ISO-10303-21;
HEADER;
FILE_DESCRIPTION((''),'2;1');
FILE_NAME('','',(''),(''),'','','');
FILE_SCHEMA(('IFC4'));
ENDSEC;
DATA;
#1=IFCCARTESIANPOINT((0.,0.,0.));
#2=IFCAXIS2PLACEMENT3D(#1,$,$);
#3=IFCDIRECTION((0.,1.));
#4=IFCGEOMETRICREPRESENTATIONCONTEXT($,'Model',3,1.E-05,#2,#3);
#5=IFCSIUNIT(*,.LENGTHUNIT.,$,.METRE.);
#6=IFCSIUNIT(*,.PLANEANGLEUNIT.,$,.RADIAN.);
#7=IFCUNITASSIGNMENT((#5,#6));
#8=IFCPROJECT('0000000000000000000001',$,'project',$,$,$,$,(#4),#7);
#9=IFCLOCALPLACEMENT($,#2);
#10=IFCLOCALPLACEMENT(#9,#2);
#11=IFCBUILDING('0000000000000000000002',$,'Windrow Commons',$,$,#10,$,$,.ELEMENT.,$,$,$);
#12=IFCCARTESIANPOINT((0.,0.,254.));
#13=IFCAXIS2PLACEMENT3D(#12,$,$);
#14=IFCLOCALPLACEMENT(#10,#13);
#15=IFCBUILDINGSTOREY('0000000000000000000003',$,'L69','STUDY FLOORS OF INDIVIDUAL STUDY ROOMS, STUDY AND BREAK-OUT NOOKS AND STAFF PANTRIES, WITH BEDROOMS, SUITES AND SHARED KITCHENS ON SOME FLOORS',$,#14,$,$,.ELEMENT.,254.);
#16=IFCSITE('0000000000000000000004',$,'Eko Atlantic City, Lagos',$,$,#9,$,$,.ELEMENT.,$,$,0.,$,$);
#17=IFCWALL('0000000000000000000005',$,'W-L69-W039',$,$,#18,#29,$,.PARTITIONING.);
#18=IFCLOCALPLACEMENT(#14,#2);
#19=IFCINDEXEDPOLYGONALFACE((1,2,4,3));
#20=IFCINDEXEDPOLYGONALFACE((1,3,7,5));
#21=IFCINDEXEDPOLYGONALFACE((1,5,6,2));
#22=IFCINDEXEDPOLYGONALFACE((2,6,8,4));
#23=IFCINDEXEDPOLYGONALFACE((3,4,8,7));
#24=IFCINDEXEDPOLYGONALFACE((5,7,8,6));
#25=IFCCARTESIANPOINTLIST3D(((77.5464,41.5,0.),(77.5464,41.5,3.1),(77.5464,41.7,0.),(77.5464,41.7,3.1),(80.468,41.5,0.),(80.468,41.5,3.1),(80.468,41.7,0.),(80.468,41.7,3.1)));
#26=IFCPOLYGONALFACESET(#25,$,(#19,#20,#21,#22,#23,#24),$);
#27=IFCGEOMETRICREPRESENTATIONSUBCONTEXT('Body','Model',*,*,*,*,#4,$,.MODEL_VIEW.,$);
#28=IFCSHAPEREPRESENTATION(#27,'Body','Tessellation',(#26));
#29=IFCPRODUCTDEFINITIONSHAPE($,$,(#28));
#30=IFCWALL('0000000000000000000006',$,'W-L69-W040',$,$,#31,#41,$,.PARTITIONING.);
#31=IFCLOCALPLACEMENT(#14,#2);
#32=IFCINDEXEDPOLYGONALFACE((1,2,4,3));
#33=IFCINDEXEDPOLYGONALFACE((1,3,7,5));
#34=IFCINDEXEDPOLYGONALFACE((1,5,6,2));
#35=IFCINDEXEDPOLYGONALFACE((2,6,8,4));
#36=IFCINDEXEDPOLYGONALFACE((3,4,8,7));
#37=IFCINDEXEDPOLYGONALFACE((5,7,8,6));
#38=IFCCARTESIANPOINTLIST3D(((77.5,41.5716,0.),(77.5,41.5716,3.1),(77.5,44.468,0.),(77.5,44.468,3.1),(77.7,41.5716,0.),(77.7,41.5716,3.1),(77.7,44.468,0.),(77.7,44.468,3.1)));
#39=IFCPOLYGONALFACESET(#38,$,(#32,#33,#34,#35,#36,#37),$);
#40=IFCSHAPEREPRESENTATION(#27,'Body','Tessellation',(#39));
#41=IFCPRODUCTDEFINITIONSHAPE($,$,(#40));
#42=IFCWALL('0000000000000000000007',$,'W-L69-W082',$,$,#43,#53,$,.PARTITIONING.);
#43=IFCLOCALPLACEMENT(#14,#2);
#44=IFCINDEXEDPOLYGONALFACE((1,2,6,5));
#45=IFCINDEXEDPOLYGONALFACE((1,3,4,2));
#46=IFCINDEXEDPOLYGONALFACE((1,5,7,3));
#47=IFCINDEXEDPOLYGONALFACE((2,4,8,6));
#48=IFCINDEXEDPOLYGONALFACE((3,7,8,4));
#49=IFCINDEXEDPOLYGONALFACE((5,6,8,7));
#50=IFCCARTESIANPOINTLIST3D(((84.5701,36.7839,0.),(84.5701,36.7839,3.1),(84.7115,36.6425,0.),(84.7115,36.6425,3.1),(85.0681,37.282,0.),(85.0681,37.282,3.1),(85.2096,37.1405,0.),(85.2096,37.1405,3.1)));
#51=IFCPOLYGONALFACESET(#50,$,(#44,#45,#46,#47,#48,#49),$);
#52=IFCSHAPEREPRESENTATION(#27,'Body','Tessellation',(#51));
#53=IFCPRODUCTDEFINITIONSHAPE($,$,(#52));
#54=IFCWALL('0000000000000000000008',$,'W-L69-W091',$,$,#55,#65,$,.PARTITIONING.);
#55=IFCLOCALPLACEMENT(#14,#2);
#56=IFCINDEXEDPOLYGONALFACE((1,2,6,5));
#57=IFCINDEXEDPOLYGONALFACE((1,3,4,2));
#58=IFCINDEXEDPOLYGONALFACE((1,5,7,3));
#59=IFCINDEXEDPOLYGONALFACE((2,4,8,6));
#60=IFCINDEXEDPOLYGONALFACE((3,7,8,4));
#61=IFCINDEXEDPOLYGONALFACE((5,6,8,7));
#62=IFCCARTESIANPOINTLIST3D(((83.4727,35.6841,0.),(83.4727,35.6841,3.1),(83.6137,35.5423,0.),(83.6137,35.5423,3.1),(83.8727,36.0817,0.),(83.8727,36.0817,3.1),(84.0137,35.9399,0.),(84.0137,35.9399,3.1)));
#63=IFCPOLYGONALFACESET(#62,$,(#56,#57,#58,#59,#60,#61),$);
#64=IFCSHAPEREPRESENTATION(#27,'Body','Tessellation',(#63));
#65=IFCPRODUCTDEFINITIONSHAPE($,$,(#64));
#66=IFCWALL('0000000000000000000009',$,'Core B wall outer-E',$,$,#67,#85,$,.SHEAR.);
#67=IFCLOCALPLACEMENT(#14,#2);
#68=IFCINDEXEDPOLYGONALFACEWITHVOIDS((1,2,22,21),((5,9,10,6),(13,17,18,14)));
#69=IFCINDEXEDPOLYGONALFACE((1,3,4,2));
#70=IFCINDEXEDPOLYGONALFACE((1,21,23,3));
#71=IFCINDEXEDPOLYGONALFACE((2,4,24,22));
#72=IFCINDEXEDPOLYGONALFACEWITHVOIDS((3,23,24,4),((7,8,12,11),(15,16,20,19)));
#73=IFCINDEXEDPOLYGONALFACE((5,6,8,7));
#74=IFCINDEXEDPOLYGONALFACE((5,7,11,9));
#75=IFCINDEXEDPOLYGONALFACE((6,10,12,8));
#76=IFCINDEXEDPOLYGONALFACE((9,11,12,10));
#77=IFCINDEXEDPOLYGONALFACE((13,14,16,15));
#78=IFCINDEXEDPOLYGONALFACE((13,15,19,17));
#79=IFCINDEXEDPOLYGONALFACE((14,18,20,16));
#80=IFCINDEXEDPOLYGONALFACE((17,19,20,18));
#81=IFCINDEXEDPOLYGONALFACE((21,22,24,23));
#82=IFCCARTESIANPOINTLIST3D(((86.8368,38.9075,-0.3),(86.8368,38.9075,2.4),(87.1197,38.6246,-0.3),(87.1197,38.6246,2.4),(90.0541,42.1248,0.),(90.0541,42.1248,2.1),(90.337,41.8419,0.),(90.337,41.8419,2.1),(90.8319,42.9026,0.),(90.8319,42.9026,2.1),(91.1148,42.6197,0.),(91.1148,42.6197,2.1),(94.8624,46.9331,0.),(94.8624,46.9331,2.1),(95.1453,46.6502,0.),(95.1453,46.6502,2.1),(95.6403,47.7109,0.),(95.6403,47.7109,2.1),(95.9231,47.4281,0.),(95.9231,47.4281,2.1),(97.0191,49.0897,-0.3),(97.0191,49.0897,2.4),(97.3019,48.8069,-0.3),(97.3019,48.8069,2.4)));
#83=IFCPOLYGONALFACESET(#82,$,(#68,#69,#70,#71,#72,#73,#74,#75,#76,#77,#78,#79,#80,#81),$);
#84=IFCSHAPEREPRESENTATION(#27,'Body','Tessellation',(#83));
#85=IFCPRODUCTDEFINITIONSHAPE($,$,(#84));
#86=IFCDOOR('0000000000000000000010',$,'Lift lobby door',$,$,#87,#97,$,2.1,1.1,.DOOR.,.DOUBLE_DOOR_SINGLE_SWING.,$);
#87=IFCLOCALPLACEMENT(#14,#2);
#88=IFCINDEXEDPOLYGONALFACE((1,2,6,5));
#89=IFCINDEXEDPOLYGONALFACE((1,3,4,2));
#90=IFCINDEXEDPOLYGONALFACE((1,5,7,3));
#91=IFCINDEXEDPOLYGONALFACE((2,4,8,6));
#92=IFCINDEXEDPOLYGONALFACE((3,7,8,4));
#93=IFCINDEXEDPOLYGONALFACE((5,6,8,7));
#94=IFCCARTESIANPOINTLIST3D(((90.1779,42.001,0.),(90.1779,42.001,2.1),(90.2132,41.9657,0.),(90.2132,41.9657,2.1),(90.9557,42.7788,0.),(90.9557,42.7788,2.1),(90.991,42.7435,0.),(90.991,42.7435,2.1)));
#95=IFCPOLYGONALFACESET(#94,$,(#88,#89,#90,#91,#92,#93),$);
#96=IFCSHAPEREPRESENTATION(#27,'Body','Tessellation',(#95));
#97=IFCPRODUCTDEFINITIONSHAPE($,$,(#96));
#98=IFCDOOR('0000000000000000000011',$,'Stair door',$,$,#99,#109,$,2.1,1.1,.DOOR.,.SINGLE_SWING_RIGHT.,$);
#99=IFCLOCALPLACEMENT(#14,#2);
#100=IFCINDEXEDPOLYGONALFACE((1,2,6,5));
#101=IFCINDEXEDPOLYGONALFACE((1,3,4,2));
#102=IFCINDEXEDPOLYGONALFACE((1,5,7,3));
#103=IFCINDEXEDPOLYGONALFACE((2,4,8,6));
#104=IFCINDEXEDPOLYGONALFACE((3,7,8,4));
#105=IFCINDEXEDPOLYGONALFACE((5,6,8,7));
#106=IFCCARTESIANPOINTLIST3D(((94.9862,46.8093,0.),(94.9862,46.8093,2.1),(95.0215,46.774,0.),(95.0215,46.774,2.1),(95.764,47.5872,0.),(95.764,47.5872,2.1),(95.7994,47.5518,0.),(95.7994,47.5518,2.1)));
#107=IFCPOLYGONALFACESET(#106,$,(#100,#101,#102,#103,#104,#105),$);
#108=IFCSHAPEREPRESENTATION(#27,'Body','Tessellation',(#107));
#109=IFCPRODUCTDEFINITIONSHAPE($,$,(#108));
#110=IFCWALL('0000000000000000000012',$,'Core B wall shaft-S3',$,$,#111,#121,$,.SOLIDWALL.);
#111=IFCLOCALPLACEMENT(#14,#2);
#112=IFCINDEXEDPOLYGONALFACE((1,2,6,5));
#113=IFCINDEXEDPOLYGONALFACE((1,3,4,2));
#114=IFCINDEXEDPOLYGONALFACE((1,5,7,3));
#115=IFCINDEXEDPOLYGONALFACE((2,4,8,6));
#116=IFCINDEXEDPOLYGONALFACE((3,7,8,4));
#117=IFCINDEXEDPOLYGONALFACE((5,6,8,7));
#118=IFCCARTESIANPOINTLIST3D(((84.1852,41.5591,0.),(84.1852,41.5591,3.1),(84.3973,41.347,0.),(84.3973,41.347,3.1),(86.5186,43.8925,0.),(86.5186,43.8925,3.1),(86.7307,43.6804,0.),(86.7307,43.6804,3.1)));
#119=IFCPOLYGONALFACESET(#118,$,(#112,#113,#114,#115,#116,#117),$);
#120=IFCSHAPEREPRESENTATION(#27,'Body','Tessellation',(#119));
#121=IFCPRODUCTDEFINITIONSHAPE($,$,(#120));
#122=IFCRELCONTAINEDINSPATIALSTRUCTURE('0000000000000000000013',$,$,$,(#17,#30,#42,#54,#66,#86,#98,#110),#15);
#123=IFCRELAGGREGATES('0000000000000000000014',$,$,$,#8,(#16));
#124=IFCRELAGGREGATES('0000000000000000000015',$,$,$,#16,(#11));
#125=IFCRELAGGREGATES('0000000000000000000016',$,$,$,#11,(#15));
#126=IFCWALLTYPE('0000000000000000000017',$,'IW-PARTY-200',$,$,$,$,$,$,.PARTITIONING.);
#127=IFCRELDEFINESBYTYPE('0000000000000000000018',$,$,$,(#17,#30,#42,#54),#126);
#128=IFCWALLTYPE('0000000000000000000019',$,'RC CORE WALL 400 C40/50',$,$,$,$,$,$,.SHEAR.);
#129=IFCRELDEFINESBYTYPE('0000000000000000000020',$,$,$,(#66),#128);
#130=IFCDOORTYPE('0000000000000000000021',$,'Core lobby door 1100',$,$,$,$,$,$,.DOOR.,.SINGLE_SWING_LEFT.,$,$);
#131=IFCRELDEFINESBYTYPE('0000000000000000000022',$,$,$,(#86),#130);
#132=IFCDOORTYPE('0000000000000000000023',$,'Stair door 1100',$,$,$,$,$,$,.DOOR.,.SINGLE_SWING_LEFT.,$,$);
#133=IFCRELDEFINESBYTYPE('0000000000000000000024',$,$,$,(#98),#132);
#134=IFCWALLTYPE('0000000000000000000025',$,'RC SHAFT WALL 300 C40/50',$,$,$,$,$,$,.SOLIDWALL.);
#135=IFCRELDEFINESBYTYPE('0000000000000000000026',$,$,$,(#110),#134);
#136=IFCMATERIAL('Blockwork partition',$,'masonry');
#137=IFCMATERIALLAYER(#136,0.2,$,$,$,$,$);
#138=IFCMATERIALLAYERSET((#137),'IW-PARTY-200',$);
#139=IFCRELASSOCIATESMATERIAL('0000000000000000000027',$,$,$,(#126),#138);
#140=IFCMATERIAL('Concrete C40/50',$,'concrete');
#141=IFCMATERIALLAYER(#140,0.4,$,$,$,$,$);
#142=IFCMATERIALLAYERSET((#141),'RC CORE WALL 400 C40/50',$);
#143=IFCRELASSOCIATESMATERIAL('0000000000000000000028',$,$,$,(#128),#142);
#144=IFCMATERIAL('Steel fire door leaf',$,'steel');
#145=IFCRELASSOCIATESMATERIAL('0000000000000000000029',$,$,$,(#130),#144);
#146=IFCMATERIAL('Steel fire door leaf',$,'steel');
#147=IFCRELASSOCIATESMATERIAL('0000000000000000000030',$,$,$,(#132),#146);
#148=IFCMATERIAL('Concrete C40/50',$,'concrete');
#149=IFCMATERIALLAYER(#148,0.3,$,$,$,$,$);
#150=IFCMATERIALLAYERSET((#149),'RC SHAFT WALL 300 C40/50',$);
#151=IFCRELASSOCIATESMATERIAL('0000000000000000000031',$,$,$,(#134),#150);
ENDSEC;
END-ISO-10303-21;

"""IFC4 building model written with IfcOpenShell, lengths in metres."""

from ifc_helpers import new_model, si_unit, direction, frame, frame_2d, origin, place, context, subcontext, project, spatial, rectangle, extrude, material, layer, layer_set, type_object, element, fill, save


model = new_model("IFC4")

# Units and contexts
model_context = context("Model", 3, precision=1e-05, world=origin(), true_north=direction((0.0, 1.0)))
body_context = subcontext(model_context, "Body", "Model", "MODEL_VIEW")
ifc_project = project(units=[si_unit("LENGTHUNIT", "METRE"), si_unit("PLANEANGLEUNIT", "RADIAN")], contexts=[model_context])

# Site, building, storey
site_placement = place(None, origin())
site = spatial("IfcSite", under=ifc_project, at=site_placement, Name="Eko Atlantic City, Lagos", CompositionType="ELEMENT", RefElevation=0.0)
building_placement = place(site_placement, origin())
building = spatial("IfcBuilding", under=site, at=building_placement, Name="Windrow Commons", CompositionType="ELEMENT")
storey_placement = place(building_placement, frame((0.0, 0.0, 254.0)))
storey = spatial("IfcBuildingStorey", under=building, at=storey_placement, Name="L69", Description="STUDY FLOORS OF INDIVIDUAL STUDY ROOMS, STUDY AND BREAK-OUT NOOKS AND STAFF PANTRIES, WITH BEDROOMS, SUITES AND SHARED KITCHENS ON SOME FLOORS", CompositionType="ELEMENT", Elevation=254.0)

# Walls
ifc_material_1 = material(Name="Blockwork partition", Category="masonry")
ifc_layer_1 = layer(ifc_material_1, 0.2)
ifc_layer_set_1 = layer_set([ifc_layer_1], Name="IW-PARTY-200")
wall_type_1 = type_object("IfcWallType", Name="IW-PARTY-200", PredefinedType="PARTITIONING", material=ifc_layer_set_1)
wall_1_placement = place(storey_placement, frame((77.5465, 41.6, 0.0), z_axis=(0.0, 0.0, 1.0), x_axis=(1.0, 0.0, 0.0)))
element("IfcWall", 1, at=wall_1_placement, inside=storey, type_object=wall_type_1, Name="W-L69-W039", PredefinedType="PARTITIONING", context=body_context, shape_type="SweptSolid", body=[
    extrude(rectangle(XDim=2.9215, YDim=0.2, at=frame_2d((1.4607, 0.0))), origin(), (0.0, 0.0, 1.0), 3.1),
])
wall_2_placement = place(storey_placement, frame((77.6, 41.5715, 0.0), z_axis=(0.0, 0.0, 1.0), x_axis=(0.0, 1.0, 0.0)))
element("IfcWall", 2, at=wall_2_placement, inside=storey, type_object=wall_type_1, Name="W-L69-W040", PredefinedType="PARTITIONING", context=body_context, shape_type="SweptSolid", body=[
    extrude(rectangle(XDim=2.8965, YDim=0.2, at=frame_2d((1.4483, 0.0))), origin(), (0.0, 0.0, 1.0), 3.1),
])
wall_3_placement = place(storey_placement, frame((84.6408, 36.7132, 0.0), z_axis=(0.0, 0.0, 1.0), x_axis=(0.707107, 0.707107, 0.0)))
element("IfcWall", 3, at=wall_3_placement, inside=storey, type_object=wall_type_1, Name="W-L69-W082", PredefinedType="PARTITIONING", context=body_context, shape_type="SweptSolid", body=[
    extrude(rectangle(XDim=0.7043, YDim=0.2, at=frame_2d((0.3522, 0.0))), origin(), (0.0, 0.0, 1.0), 3.1),
])
wall_4_placement = place(storey_placement, frame((83.5432, 35.6132, 0.0), z_axis=(0.0, 0.0, 1.0), x_axis=(0.709231, 0.704976, 0.0)))
element("IfcWall", 4, at=wall_4_placement, inside=storey, type_object=wall_type_1, Name="W-L69-W091", PredefinedType="PARTITIONING", context=body_context, shape_type="SweptSolid", body=[
    extrude(rectangle(XDim=0.564, YDim=0.2, at=frame_2d((0.282, 0.0))), origin(), (0.0, 0.0, 1.0), 3.1),
])

# Wall, openings, doors
ifc_material_2 = material(Name="Concrete C40/50", Category="concrete")
ifc_layer_2 = layer(ifc_material_2, 0.4)
ifc_layer_set_2 = layer_set([ifc_layer_2], Name="RC CORE WALL 400 C40/50")
wall_type_2 = type_object("IfcWallType", Name="RC CORE WALL 400 C40/50", PredefinedType="SHEAR", material=ifc_layer_set_2)
wall_5_placement = place(storey_placement, frame((86.9782, 38.766, -0.3), z_axis=(0.0, 0.0, 1.0), x_axis=(0.707107, 0.707107, 0.0)))
wall_5 = element("IfcWall", 5, at=wall_5_placement, inside=storey, type_object=wall_type_2, Name="Core B wall outer-E", PredefinedType="SHEAR", context=body_context, shape_type="SweptSolid", body=[
    extrude(rectangle(XDim=14.3999, YDim=0.4, at=frame_2d((7.2, 0.0))), origin(), (0.0, 0.0, 1.0), 2.7),
])
opening_1_placement = place(wall_5_placement, frame((4.55, 0.0, 0.3)))
opening_1 = element("IfcOpeningElement", 6, at=opening_1_placement, cuts=wall_5, PredefinedType="OPENING", context=body_context, shape_type="SweptSolid", body=[
    extrude(rectangle(XDim=1.1, YDim=2.1, at=frame_2d((0.55, 1.05))), frame((0.0, 0.21, 0.0), z_axis=(0.0, -1.0, 0.0), x_axis=(1.0, 0.0, 0.0)), (0.0, 0.0, 1.0), 0.42),
])
opening_2_placement = place(wall_5_placement, frame((11.35, 0.0, 0.3)))
opening_2 = element("IfcOpeningElement", 7, at=opening_2_placement, cuts=wall_5, PredefinedType="OPENING", context=body_context, shape_type="SweptSolid", body=[
    extrude(rectangle(XDim=1.1, YDim=2.1, at=frame_2d((0.55, 1.05))), frame((0.0, 0.21, 0.0), z_axis=(0.0, -1.0, 0.0), x_axis=(1.0, 0.0, 0.0)), (0.0, 0.0, 1.0), 0.42),
])
ifc_material_3 = material(Name="Steel fire door leaf", Category="steel")
door_type_1 = type_object("IfcDoorType", Name="Core lobby door 1100", OperationType="SINGLE_SWING_LEFT", PredefinedType="DOOR", material=ifc_material_3)
door_1_placement = place(opening_1_placement, origin())
door_1 = element("IfcDoor", 8, at=door_1_placement, inside=storey, type_object=door_type_1, Name="Lift lobby door", OperationType="DOUBLE_DOOR_SINGLE_SWING", OverallHeight=2.1, OverallWidth=1.1, PredefinedType="DOOR", context=body_context, shape_type="SweptSolid", body=[
    extrude(rectangle(XDim=1.1, YDim=2.1, at=frame_2d((0.55, 1.05))), frame((0.0, 0.025, 0.0), z_axis=(0.0, -1.0, 0.0), x_axis=(1.0, 0.0, 0.0)), (0.0, 0.0, 1.0), 0.05),
])
fill(opening_1, door_1)
ifc_material_4 = material(Name="Steel fire door leaf", Category="steel")
door_type_2 = type_object("IfcDoorType", Name="Stair door 1100", OperationType="SINGLE_SWING_LEFT", PredefinedType="DOOR", material=ifc_material_4)
door_2_placement = place(opening_2_placement, origin())
door_2 = element("IfcDoor", 9, at=door_2_placement, inside=storey, type_object=door_type_2, Name="Stair door", OperationType="SINGLE_SWING_RIGHT", OverallHeight=2.1, OverallWidth=1.1, PredefinedType="DOOR", context=body_context, shape_type="SweptSolid", body=[
    extrude(rectangle(XDim=1.1, YDim=2.1, at=frame_2d((0.55, 1.05))), frame((0.0, 0.025, 0.0), z_axis=(0.0, -1.0, 0.0), x_axis=(1.0, 0.0, 0.0)), (0.0, 0.0, 1.0), 0.05),
])
fill(opening_2, door_2)

# Wall
ifc_material_5 = material(Name="Concrete C40/50", Category="concrete")
ifc_layer_3 = layer(ifc_material_5, 0.3)
ifc_layer_set_3 = layer_set([ifc_layer_3], Name="RC SHAFT WALL 300 C40/50")
wall_type_3 = type_object("IfcWallType", Name="RC SHAFT WALL 300 C40/50", PredefinedType="SOLIDWALL", material=ifc_layer_set_3)
wall_6_placement = place(storey_placement, frame((84.2912, 41.453, 0.0), z_axis=(0.0, 0.0, 1.0), x_axis=(0.707107, 0.707107, 0.0)))
element("IfcWall", 10, at=wall_6_placement, inside=storey, type_object=wall_type_3, Name="Core B wall shaft-S3", PredefinedType="SOLIDWALL", context=body_context, shape_type="SweptSolid", body=[
    extrude(rectangle(XDim=3.2999, YDim=0.3, at=frame_2d((1.65, 0.0))), origin(), (0.0, 0.0, 1.0), 3.1),
])

save(model, "model.ifc")
